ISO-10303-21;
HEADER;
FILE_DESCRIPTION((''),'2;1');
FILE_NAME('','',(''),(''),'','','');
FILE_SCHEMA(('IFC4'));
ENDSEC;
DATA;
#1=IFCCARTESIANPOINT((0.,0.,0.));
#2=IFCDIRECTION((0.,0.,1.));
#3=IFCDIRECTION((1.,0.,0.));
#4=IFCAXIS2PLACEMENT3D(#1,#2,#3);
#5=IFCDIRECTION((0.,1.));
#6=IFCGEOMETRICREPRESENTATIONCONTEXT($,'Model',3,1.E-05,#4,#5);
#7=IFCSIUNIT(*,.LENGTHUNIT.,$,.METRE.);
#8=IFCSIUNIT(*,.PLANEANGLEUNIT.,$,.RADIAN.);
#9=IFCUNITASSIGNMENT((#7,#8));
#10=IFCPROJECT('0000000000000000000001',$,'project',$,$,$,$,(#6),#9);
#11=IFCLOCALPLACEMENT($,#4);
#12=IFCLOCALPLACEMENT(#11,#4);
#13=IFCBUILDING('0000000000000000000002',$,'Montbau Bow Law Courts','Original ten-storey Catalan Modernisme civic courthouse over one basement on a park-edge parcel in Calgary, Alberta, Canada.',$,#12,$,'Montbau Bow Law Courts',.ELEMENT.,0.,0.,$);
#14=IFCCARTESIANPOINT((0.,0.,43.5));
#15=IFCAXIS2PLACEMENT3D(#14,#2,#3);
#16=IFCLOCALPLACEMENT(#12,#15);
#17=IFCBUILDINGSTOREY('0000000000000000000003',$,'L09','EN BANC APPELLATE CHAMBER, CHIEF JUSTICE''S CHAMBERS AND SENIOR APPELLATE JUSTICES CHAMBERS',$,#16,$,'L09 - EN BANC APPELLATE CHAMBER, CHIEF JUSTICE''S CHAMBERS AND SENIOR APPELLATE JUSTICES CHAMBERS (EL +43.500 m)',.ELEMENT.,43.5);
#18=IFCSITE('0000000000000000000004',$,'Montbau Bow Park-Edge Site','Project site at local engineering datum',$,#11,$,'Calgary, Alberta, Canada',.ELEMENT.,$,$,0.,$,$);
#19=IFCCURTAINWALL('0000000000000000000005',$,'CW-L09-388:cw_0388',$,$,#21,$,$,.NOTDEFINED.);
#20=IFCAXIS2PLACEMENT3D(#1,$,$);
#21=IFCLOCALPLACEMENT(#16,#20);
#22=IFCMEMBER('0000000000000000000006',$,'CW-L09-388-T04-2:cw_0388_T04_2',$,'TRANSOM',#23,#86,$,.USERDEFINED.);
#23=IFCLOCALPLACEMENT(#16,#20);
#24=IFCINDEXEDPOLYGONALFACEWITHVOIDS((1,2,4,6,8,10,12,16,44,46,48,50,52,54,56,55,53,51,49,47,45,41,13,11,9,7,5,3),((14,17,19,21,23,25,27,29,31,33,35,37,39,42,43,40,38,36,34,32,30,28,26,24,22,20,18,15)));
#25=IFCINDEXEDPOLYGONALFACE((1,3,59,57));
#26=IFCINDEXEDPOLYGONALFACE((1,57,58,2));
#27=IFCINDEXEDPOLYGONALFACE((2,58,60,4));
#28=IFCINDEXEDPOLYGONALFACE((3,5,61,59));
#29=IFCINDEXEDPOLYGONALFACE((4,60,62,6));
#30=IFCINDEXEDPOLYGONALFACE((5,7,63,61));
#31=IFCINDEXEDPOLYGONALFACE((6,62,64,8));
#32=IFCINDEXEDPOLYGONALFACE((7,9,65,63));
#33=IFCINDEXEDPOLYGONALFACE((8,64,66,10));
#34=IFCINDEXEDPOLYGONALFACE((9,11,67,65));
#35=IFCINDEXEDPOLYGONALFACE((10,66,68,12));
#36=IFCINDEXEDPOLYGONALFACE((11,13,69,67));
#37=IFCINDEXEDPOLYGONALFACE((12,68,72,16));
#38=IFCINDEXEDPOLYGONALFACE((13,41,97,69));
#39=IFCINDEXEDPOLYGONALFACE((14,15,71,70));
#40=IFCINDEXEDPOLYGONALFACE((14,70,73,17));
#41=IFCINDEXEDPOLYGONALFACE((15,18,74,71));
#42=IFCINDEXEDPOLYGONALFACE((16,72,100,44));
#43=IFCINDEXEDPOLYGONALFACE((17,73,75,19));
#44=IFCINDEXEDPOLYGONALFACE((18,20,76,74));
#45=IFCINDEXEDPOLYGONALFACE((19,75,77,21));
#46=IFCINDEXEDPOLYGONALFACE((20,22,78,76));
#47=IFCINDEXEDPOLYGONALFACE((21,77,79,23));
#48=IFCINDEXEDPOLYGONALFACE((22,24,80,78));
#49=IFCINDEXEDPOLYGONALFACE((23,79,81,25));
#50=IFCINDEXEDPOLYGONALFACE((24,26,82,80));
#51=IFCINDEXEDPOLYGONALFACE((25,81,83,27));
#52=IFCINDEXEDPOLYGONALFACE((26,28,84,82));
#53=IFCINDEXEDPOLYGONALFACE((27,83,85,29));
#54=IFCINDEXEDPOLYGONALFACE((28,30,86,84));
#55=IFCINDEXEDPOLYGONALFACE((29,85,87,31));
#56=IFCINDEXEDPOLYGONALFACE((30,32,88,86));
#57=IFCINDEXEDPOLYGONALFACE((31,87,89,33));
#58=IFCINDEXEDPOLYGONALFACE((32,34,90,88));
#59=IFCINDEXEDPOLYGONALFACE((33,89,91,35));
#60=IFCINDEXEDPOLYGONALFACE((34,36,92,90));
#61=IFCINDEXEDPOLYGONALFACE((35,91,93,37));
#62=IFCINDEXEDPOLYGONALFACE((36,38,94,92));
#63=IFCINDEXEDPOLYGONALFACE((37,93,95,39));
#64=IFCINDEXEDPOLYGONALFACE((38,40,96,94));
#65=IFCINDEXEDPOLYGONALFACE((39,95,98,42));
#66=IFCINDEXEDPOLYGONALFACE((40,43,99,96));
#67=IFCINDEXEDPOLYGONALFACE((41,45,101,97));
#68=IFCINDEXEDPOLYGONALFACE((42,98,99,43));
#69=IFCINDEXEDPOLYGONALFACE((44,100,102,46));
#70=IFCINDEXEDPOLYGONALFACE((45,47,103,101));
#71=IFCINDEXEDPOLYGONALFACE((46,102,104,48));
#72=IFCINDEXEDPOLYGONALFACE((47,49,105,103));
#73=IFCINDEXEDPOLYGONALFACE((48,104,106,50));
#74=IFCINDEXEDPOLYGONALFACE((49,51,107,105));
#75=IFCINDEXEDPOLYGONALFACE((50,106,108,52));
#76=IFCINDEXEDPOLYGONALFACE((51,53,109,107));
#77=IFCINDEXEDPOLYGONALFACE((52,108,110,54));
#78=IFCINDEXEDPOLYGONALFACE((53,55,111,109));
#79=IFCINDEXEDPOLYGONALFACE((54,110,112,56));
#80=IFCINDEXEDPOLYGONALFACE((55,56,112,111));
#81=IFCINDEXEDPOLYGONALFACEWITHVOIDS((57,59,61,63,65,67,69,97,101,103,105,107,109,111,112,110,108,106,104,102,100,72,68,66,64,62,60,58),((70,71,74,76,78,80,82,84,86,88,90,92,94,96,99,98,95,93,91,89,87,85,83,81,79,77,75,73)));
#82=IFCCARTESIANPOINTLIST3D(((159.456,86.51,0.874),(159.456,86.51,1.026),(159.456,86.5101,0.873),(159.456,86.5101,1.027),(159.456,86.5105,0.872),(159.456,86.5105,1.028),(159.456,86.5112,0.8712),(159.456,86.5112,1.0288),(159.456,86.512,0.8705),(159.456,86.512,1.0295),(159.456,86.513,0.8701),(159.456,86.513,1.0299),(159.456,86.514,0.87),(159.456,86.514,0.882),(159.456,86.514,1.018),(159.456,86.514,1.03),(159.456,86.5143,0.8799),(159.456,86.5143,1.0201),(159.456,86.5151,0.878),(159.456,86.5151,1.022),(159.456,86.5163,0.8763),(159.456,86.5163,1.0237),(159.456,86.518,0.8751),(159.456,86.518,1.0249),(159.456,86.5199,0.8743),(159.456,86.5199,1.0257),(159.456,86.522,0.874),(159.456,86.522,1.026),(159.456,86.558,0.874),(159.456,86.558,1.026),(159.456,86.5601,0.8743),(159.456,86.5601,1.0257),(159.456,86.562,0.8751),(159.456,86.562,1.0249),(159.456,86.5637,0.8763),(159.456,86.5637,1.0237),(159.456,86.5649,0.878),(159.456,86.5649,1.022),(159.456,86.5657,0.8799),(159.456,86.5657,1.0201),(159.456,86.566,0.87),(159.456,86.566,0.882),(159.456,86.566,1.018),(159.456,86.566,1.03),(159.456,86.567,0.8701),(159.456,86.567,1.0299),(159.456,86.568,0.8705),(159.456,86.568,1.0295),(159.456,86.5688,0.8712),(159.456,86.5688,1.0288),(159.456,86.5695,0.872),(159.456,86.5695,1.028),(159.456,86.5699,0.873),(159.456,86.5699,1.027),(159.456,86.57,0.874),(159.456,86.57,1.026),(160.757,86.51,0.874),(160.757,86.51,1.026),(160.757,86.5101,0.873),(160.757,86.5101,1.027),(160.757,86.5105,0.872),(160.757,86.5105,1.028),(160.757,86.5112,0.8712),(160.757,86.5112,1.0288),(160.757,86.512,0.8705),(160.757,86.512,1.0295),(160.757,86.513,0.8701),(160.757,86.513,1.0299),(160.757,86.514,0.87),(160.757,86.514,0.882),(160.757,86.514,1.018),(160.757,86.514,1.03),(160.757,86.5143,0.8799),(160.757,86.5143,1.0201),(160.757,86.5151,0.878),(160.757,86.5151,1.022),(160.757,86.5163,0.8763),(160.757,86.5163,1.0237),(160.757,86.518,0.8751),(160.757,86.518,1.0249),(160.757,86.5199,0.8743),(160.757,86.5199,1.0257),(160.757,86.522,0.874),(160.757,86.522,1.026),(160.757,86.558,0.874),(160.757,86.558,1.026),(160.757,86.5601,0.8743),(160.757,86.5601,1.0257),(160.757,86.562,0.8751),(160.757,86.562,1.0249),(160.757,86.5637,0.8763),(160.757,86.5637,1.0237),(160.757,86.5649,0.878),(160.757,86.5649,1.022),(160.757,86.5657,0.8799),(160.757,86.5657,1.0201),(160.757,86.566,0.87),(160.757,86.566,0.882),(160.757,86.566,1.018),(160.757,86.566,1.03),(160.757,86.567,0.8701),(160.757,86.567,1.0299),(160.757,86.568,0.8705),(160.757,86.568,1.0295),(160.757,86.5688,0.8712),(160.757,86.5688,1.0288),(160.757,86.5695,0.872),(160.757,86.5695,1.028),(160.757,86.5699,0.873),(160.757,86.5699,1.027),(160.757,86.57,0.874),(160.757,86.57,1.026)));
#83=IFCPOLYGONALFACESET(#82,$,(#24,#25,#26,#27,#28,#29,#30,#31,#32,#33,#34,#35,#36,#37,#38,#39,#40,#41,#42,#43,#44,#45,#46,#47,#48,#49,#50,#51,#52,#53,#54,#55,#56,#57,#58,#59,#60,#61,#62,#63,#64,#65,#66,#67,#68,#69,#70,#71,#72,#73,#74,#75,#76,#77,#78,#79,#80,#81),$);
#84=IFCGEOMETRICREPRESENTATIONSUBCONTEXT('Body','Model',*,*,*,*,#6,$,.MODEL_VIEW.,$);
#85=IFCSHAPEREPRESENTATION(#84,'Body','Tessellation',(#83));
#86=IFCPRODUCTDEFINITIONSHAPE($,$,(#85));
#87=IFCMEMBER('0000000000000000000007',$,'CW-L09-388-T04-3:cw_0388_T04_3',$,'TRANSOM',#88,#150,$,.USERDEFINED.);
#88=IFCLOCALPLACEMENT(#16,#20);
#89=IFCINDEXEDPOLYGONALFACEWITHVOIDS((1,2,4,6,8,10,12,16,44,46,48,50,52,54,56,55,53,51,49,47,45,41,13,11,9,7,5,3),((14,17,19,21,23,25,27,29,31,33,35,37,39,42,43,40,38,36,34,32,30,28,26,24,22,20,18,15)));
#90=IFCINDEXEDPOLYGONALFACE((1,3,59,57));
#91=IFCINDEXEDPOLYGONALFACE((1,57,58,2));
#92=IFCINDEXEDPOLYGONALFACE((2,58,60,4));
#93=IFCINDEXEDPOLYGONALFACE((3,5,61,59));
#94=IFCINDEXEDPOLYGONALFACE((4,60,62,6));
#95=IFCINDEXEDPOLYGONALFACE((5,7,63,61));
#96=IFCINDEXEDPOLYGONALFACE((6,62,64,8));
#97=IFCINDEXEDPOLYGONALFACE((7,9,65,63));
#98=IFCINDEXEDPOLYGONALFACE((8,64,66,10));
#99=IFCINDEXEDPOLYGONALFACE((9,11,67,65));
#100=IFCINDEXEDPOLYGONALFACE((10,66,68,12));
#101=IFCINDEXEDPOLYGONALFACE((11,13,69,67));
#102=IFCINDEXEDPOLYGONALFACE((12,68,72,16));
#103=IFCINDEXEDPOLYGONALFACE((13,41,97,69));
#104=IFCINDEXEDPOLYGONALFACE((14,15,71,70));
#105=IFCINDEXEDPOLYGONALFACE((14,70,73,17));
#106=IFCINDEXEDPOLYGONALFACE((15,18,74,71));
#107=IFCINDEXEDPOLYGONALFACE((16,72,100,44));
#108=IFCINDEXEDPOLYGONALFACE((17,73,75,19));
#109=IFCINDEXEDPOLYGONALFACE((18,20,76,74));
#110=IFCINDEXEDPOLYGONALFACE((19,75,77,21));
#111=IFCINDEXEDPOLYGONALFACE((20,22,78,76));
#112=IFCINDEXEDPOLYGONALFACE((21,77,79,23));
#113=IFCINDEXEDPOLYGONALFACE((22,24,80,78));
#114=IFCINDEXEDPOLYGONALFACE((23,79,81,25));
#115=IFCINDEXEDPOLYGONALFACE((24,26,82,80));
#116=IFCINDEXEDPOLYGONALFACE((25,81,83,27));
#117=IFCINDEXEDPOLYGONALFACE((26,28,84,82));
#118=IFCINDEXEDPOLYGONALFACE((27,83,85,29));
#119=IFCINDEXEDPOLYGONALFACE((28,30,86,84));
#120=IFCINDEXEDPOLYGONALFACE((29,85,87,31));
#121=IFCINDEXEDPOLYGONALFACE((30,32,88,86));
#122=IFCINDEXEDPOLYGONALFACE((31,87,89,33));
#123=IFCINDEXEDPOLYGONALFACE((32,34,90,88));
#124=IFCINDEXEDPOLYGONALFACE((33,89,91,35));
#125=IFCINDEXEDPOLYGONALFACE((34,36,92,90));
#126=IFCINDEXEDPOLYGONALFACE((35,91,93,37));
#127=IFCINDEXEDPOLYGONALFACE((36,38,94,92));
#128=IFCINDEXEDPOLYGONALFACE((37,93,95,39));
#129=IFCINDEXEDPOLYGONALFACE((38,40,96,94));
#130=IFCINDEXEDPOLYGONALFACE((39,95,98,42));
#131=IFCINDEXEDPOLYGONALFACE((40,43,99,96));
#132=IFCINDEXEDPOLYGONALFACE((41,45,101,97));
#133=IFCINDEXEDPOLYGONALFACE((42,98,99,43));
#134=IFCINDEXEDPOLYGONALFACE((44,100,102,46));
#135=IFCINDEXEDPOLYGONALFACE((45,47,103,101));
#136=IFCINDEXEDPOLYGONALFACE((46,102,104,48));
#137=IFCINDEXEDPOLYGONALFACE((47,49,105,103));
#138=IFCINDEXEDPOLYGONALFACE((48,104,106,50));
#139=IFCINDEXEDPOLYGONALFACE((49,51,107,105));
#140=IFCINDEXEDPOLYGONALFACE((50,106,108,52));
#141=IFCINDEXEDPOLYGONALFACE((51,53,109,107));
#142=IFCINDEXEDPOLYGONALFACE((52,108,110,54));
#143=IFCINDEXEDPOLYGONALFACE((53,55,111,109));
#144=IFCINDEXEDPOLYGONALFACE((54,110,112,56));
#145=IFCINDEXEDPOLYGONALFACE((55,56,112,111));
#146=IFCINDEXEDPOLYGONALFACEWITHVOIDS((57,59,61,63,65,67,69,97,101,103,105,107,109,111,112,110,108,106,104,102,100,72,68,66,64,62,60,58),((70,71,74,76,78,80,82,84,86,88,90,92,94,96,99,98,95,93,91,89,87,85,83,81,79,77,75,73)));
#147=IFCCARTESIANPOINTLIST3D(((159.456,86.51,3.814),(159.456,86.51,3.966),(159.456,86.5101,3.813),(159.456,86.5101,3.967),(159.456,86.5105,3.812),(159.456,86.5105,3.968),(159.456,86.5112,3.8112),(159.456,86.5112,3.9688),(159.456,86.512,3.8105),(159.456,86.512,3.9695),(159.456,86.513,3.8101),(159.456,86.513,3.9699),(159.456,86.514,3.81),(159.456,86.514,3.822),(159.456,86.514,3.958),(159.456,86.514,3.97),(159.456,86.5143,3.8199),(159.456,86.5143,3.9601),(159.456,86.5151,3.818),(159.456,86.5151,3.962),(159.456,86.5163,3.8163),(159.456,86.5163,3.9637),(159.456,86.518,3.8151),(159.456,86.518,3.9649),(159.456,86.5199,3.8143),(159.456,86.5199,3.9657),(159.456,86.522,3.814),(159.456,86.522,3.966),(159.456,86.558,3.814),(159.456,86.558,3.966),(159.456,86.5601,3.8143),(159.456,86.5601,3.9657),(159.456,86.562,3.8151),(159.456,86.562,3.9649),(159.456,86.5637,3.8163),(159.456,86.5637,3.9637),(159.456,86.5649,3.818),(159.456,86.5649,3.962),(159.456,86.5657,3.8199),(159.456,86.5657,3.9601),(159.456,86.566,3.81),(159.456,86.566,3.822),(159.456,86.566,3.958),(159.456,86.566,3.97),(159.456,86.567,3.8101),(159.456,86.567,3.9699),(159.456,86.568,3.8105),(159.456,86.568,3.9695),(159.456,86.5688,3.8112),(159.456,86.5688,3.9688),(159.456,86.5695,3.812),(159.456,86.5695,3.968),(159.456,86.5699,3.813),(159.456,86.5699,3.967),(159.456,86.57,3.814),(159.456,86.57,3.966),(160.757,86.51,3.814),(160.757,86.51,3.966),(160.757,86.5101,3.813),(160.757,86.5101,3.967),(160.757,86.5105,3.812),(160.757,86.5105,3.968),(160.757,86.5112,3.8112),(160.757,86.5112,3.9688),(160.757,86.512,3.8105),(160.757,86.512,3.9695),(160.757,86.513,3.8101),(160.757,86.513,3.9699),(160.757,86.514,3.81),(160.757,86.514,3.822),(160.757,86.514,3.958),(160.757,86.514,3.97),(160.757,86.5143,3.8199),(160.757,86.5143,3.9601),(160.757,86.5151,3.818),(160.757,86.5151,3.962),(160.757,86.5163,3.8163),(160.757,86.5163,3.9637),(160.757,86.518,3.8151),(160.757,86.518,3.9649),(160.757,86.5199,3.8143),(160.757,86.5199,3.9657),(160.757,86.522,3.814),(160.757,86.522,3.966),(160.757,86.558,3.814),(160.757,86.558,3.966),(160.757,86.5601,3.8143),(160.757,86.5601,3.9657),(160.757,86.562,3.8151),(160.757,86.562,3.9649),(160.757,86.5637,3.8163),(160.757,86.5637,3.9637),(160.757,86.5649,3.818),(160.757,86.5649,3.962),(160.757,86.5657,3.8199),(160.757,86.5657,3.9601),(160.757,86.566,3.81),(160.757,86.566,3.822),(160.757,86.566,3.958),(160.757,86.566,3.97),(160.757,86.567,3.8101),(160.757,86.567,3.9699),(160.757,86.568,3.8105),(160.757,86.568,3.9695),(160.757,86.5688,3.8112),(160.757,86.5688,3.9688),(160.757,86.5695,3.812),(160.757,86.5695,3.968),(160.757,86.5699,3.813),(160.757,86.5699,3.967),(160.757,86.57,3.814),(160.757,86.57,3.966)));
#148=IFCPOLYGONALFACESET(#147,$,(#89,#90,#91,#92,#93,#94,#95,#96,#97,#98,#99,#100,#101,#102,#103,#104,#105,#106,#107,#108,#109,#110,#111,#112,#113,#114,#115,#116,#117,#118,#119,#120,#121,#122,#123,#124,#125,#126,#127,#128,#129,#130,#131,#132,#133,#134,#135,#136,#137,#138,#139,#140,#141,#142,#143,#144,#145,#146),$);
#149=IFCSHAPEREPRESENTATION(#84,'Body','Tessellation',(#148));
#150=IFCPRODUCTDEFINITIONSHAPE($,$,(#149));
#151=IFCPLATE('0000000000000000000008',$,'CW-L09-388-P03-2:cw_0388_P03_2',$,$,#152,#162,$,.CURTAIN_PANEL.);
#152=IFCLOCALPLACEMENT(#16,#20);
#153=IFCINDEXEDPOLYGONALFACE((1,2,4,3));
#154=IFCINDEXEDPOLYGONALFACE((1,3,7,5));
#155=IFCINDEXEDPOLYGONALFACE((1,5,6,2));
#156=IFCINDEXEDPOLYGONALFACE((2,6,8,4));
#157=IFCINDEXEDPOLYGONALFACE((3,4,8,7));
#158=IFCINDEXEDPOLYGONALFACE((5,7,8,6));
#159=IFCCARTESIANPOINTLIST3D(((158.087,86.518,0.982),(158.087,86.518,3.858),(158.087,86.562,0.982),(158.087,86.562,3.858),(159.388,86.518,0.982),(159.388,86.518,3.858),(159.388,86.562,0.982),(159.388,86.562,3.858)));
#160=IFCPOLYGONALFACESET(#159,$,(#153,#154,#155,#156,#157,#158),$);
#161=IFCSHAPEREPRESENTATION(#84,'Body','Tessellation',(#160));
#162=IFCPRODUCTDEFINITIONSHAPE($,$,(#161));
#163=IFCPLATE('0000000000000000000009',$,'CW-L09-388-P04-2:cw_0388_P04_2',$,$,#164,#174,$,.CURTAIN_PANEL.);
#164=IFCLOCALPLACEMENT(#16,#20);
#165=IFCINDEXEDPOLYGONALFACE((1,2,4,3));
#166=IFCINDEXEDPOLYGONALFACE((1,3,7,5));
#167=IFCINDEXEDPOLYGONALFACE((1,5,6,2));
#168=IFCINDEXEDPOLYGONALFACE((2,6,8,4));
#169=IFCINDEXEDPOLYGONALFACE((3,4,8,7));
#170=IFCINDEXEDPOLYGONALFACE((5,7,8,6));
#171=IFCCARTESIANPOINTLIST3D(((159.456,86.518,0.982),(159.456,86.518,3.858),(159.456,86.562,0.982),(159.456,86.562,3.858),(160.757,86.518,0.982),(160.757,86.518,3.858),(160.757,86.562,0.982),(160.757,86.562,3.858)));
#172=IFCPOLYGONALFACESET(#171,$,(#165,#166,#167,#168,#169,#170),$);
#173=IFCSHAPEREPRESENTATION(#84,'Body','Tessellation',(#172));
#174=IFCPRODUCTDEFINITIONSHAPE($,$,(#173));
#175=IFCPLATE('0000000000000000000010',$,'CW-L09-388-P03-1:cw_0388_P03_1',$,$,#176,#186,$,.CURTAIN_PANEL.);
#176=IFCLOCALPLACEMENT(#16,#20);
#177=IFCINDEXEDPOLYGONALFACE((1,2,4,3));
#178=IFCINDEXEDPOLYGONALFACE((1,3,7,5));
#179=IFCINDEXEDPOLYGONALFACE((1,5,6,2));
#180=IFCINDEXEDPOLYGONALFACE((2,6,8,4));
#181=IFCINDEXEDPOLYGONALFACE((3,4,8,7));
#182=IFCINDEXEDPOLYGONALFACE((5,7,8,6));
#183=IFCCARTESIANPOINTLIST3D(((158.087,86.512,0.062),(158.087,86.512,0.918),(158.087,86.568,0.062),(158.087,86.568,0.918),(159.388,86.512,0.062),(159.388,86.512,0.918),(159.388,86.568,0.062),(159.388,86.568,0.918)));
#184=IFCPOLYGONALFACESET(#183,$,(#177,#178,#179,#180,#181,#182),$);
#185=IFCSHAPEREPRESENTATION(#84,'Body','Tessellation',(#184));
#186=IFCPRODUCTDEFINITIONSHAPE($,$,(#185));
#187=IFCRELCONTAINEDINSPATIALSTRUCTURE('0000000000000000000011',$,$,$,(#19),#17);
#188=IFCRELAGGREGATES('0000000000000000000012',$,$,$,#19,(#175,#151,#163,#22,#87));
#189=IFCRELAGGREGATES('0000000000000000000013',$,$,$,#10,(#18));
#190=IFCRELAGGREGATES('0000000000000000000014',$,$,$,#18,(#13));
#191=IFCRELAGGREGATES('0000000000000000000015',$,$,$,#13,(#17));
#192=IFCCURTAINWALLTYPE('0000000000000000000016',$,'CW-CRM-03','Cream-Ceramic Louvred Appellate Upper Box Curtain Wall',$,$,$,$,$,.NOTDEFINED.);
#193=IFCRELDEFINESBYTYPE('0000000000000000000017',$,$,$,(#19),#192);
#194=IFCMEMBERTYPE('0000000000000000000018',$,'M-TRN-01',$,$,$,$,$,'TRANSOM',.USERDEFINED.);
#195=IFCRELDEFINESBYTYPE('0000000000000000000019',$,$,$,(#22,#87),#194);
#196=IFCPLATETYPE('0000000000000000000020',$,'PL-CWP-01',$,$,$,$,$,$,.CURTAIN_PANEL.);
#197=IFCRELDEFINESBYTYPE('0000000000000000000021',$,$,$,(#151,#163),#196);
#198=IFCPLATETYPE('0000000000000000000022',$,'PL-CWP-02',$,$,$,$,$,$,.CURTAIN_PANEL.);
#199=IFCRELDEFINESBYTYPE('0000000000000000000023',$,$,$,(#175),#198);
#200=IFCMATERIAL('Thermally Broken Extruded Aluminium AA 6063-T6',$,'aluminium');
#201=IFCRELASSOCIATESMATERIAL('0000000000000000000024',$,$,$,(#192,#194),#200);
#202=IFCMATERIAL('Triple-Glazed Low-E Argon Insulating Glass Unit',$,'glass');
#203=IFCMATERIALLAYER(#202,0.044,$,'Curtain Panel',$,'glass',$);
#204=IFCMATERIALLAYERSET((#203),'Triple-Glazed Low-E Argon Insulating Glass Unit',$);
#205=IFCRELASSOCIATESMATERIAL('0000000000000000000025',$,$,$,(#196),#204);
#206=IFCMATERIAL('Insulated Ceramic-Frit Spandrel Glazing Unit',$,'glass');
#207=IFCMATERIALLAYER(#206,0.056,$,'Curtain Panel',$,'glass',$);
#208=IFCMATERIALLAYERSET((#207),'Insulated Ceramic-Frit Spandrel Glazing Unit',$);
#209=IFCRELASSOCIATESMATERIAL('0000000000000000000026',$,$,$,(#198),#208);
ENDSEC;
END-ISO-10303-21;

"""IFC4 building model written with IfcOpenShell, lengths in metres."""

from ifc_helpers import new_model, si_unit, direction, frame, frame_2d, origin_with_axes, origin_2d_with_axis, place, context, subcontext, project, spatial, rectangle, hollow_rectangle, extrude, material, layer, layer_set, material_profile, profile_set, type_object, element, aggregate, save


model = new_model("IFC4")

# Units and contexts
model_context = context("Model", 3, precision=1e-05, world=origin_with_axes(), true_north=direction((0.0, 1.0)))
body_context = subcontext(model_context, "Body", "Model", "MODEL_VIEW")
ifc_project = project(units=[si_unit("LENGTHUNIT", "METRE"), si_unit("PLANEANGLEUNIT", "RADIAN")], contexts=[model_context])

# Site, building, storey
site_placement = place(None, origin_with_axes())
site = spatial("IfcSite", under=ifc_project, at=site_placement, Name="Montbau Bow Park-Edge Site", Description="Project site at local engineering datum", LongName="Calgary, Alberta, Canada", CompositionType="ELEMENT", RefElevation=0.0)
building_placement = place(site_placement, origin_with_axes())
building = spatial("IfcBuilding", under=site, at=building_placement, Name="Montbau Bow Law Courts", Description="Original ten-storey Catalan Modernisme civic courthouse over one basement on a park-edge parcel in Calgary, Alberta, Canada.", LongName="Montbau Bow Law Courts", CompositionType="ELEMENT", ElevationOfRefHeight=0.0, ElevationOfTerrain=0.0)
storey_placement = place(building_placement, frame((0.0, 0.0, 43.5), z_axis=(0.0, 0.0, 1.0), x_axis=(1.0, 0.0, 0.0)))
storey = spatial("IfcBuildingStorey", under=building, at=storey_placement, Name="L09", Description="EN BANC APPELLATE CHAMBER, CHIEF JUSTICE'S CHAMBERS AND SENIOR APPELLATE JUSTICES CHAMBERS", LongName="L09 - EN BANC APPELLATE CHAMBER, CHIEF JUSTICE'S CHAMBERS AND SENIOR APPELLATE JUSTICES CHAMBERS (EL +43.500 m)", CompositionType="ELEMENT", Elevation=43.5)

# Curtain wall, members, plates
ifc_material_1 = material(Name="Thermally Broken Extruded Aluminium AA 6063-T6", Category="aluminium")
curtain_wall_type = type_object("IfcCurtainWallType", Name="CW-CRM-03", Description="Cream-Ceramic Louvred Appellate Upper Box Curtain Wall", PredefinedType="NOTDEFINED", material=ifc_material_1)
curtain_wall_placement = place(None, frame((155.315, 86.54, 43.5), z_axis=(0.0, 0.0, 1.0), x_axis=(1.0, 0.0, 0.0)))
curtain_wall = element("IfcCurtainWall", 1, at=curtain_wall_placement, inside=storey, type_object=curtain_wall_type, Name="CW-L09-388:cw_0388", PredefinedType="NOTDEFINED")
ifc_material_profile_1 = material_profile(ifc_material_1, hollow_rectangle(XDim=0.06, YDim=0.16, WallThickness=0.004, InnerFilletRadius=0.008, OuterFilletRadius=0.004, at=origin_2d_with_axis()), Name="CWT-160X60", Category="Main", Priority=0)
ifc_profile_set_1 = profile_set([ifc_material_profile_1], Name="Thermally Broken Extruded Aluminium AA 6063-T6")
member_type_1 = type_object("IfcMemberType", Name="M-TRN-01", ElementType="TRANSOM", PredefinedType="USERDEFINED", material=ifc_profile_set_1)
member_1_placement = place(None, frame((159.456, 86.54, 44.45), z_axis=(1.0, 0.0, 0.0), x_axis=(0.0, 1.0, 0.0)))
member_1 = element("IfcMember", 2, at=member_1_placement, type_object=member_type_1, Name="CW-L09-388-T04-2:cw_0388_T04_2", ObjectType="TRANSOM", PredefinedType="USERDEFINED", context=body_context, shape_type="SweptSolid", body=[
    extrude(hollow_rectangle(XDim=0.06, YDim=0.16, WallThickness=0.004, InnerFilletRadius=0.008, OuterFilletRadius=0.004, at=origin_2d_with_axis()), origin_with_axes(), (0.0, 0.0, 1.0), 1.301),
])
member_2_placement = place(None, frame((159.456, 86.54, 47.39), z_axis=(1.0, 0.0, 0.0), x_axis=(0.0, 1.0, 0.0)))
member_2 = element("IfcMember", 3, at=member_2_placement, type_object=member_type_1, Name="CW-L09-388-T04-3:cw_0388_T04_3", ObjectType="TRANSOM", PredefinedType="USERDEFINED", context=body_context, shape_type="SweptSolid", body=[
    extrude(hollow_rectangle(XDim=0.06, YDim=0.16, WallThickness=0.004, InnerFilletRadius=0.008, OuterFilletRadius=0.004, at=origin_2d_with_axis()), origin_with_axes(), (0.0, 0.0, 1.0), 1.301),
])
ifc_material_2 = material(Name="Triple-Glazed Low-E Argon Insulating Glass Unit", Category="glass")
ifc_layer_1 = layer(ifc_material_2, 0.044, Name="Curtain Panel", Category="glass")
ifc_layer_set_1 = layer_set([ifc_layer_1], Name="Triple-Glazed Low-E Argon Insulating Glass Unit")
plate_type_1 = type_object("IfcPlateType", Name="PL-CWP-01", PredefinedType="CURTAIN_PANEL", material=ifc_layer_set_1)
plate_1_placement = place(None, frame((158.087, 86.54, 44.482), z_axis=(0.0, -1.0, 0.0), x_axis=(1.0, 0.0, 0.0)))
plate_1 = element("IfcPlate", 4, at=plate_1_placement, type_object=plate_type_1, Name="CW-L09-388-P03-2:cw_0388_P03_2", PredefinedType="CURTAIN_PANEL", context=body_context, shape_type="SweptSolid", body=[
    extrude(rectangle(XDim=1.301, YDim=2.876, at=frame_2d((0.6505, 1.438), x_axis=(1.0, 0.0))), frame((0.0, 0.0, -0.022), z_axis=(0.0, 0.0, 1.0), x_axis=(1.0, 0.0, 0.0)), (0.0, 0.0, 1.0), 0.044),
])
plate_2_placement = place(None, frame((159.456, 86.54, 44.482), z_axis=(0.0, -1.0, 0.0), x_axis=(1.0, 0.0, 0.0)))
plate_2 = element("IfcPlate", 5, at=plate_2_placement, type_object=plate_type_1, Name="CW-L09-388-P04-2:cw_0388_P04_2", PredefinedType="CURTAIN_PANEL", context=body_context, shape_type="SweptSolid", body=[
    extrude(rectangle(XDim=1.301, YDim=2.876, at=frame_2d((0.6505, 1.438), x_axis=(1.0, 0.0))), frame((0.0, 0.0, -0.022), z_axis=(0.0, 0.0, 1.0), x_axis=(1.0, 0.0, 0.0)), (0.0, 0.0, 1.0), 0.044),
])
ifc_material_3 = material(Name="Insulated Ceramic-Frit Spandrel Glazing Unit", Category="glass")
ifc_layer_2 = layer(ifc_material_3, 0.056, Name="Curtain Panel", Category="glass")
ifc_layer_set_2 = layer_set([ifc_layer_2], Name="Insulated Ceramic-Frit Spandrel Glazing Unit")
plate_type_2 = type_object("IfcPlateType", Name="PL-CWP-02", PredefinedType="CURTAIN_PANEL", material=ifc_layer_set_2)
plate_3_placement = place(None, frame((158.087, 86.54, 43.562), z_axis=(0.0, -1.0, 0.0), x_axis=(1.0, 0.0, 0.0)))
plate_3 = element("IfcPlate", 6, at=plate_3_placement, type_object=plate_type_2, Name="CW-L09-388-P03-1:cw_0388_P03_1", PredefinedType="CURTAIN_PANEL", context=body_context, shape_type="SweptSolid", body=[
    extrude(rectangle(XDim=1.301, YDim=0.856, at=frame_2d((0.6505, 0.428), x_axis=(1.0, 0.0))), frame((0.0, 0.0, -0.028), z_axis=(0.0, 0.0, 1.0), x_axis=(1.0, 0.0, 0.0)), (0.0, 0.0, 1.0), 0.056),
])
aggregate(curtain_wall, [plate_3, plate_1, plate_2, member_1, member_2])

save(model, "model.ifc")
